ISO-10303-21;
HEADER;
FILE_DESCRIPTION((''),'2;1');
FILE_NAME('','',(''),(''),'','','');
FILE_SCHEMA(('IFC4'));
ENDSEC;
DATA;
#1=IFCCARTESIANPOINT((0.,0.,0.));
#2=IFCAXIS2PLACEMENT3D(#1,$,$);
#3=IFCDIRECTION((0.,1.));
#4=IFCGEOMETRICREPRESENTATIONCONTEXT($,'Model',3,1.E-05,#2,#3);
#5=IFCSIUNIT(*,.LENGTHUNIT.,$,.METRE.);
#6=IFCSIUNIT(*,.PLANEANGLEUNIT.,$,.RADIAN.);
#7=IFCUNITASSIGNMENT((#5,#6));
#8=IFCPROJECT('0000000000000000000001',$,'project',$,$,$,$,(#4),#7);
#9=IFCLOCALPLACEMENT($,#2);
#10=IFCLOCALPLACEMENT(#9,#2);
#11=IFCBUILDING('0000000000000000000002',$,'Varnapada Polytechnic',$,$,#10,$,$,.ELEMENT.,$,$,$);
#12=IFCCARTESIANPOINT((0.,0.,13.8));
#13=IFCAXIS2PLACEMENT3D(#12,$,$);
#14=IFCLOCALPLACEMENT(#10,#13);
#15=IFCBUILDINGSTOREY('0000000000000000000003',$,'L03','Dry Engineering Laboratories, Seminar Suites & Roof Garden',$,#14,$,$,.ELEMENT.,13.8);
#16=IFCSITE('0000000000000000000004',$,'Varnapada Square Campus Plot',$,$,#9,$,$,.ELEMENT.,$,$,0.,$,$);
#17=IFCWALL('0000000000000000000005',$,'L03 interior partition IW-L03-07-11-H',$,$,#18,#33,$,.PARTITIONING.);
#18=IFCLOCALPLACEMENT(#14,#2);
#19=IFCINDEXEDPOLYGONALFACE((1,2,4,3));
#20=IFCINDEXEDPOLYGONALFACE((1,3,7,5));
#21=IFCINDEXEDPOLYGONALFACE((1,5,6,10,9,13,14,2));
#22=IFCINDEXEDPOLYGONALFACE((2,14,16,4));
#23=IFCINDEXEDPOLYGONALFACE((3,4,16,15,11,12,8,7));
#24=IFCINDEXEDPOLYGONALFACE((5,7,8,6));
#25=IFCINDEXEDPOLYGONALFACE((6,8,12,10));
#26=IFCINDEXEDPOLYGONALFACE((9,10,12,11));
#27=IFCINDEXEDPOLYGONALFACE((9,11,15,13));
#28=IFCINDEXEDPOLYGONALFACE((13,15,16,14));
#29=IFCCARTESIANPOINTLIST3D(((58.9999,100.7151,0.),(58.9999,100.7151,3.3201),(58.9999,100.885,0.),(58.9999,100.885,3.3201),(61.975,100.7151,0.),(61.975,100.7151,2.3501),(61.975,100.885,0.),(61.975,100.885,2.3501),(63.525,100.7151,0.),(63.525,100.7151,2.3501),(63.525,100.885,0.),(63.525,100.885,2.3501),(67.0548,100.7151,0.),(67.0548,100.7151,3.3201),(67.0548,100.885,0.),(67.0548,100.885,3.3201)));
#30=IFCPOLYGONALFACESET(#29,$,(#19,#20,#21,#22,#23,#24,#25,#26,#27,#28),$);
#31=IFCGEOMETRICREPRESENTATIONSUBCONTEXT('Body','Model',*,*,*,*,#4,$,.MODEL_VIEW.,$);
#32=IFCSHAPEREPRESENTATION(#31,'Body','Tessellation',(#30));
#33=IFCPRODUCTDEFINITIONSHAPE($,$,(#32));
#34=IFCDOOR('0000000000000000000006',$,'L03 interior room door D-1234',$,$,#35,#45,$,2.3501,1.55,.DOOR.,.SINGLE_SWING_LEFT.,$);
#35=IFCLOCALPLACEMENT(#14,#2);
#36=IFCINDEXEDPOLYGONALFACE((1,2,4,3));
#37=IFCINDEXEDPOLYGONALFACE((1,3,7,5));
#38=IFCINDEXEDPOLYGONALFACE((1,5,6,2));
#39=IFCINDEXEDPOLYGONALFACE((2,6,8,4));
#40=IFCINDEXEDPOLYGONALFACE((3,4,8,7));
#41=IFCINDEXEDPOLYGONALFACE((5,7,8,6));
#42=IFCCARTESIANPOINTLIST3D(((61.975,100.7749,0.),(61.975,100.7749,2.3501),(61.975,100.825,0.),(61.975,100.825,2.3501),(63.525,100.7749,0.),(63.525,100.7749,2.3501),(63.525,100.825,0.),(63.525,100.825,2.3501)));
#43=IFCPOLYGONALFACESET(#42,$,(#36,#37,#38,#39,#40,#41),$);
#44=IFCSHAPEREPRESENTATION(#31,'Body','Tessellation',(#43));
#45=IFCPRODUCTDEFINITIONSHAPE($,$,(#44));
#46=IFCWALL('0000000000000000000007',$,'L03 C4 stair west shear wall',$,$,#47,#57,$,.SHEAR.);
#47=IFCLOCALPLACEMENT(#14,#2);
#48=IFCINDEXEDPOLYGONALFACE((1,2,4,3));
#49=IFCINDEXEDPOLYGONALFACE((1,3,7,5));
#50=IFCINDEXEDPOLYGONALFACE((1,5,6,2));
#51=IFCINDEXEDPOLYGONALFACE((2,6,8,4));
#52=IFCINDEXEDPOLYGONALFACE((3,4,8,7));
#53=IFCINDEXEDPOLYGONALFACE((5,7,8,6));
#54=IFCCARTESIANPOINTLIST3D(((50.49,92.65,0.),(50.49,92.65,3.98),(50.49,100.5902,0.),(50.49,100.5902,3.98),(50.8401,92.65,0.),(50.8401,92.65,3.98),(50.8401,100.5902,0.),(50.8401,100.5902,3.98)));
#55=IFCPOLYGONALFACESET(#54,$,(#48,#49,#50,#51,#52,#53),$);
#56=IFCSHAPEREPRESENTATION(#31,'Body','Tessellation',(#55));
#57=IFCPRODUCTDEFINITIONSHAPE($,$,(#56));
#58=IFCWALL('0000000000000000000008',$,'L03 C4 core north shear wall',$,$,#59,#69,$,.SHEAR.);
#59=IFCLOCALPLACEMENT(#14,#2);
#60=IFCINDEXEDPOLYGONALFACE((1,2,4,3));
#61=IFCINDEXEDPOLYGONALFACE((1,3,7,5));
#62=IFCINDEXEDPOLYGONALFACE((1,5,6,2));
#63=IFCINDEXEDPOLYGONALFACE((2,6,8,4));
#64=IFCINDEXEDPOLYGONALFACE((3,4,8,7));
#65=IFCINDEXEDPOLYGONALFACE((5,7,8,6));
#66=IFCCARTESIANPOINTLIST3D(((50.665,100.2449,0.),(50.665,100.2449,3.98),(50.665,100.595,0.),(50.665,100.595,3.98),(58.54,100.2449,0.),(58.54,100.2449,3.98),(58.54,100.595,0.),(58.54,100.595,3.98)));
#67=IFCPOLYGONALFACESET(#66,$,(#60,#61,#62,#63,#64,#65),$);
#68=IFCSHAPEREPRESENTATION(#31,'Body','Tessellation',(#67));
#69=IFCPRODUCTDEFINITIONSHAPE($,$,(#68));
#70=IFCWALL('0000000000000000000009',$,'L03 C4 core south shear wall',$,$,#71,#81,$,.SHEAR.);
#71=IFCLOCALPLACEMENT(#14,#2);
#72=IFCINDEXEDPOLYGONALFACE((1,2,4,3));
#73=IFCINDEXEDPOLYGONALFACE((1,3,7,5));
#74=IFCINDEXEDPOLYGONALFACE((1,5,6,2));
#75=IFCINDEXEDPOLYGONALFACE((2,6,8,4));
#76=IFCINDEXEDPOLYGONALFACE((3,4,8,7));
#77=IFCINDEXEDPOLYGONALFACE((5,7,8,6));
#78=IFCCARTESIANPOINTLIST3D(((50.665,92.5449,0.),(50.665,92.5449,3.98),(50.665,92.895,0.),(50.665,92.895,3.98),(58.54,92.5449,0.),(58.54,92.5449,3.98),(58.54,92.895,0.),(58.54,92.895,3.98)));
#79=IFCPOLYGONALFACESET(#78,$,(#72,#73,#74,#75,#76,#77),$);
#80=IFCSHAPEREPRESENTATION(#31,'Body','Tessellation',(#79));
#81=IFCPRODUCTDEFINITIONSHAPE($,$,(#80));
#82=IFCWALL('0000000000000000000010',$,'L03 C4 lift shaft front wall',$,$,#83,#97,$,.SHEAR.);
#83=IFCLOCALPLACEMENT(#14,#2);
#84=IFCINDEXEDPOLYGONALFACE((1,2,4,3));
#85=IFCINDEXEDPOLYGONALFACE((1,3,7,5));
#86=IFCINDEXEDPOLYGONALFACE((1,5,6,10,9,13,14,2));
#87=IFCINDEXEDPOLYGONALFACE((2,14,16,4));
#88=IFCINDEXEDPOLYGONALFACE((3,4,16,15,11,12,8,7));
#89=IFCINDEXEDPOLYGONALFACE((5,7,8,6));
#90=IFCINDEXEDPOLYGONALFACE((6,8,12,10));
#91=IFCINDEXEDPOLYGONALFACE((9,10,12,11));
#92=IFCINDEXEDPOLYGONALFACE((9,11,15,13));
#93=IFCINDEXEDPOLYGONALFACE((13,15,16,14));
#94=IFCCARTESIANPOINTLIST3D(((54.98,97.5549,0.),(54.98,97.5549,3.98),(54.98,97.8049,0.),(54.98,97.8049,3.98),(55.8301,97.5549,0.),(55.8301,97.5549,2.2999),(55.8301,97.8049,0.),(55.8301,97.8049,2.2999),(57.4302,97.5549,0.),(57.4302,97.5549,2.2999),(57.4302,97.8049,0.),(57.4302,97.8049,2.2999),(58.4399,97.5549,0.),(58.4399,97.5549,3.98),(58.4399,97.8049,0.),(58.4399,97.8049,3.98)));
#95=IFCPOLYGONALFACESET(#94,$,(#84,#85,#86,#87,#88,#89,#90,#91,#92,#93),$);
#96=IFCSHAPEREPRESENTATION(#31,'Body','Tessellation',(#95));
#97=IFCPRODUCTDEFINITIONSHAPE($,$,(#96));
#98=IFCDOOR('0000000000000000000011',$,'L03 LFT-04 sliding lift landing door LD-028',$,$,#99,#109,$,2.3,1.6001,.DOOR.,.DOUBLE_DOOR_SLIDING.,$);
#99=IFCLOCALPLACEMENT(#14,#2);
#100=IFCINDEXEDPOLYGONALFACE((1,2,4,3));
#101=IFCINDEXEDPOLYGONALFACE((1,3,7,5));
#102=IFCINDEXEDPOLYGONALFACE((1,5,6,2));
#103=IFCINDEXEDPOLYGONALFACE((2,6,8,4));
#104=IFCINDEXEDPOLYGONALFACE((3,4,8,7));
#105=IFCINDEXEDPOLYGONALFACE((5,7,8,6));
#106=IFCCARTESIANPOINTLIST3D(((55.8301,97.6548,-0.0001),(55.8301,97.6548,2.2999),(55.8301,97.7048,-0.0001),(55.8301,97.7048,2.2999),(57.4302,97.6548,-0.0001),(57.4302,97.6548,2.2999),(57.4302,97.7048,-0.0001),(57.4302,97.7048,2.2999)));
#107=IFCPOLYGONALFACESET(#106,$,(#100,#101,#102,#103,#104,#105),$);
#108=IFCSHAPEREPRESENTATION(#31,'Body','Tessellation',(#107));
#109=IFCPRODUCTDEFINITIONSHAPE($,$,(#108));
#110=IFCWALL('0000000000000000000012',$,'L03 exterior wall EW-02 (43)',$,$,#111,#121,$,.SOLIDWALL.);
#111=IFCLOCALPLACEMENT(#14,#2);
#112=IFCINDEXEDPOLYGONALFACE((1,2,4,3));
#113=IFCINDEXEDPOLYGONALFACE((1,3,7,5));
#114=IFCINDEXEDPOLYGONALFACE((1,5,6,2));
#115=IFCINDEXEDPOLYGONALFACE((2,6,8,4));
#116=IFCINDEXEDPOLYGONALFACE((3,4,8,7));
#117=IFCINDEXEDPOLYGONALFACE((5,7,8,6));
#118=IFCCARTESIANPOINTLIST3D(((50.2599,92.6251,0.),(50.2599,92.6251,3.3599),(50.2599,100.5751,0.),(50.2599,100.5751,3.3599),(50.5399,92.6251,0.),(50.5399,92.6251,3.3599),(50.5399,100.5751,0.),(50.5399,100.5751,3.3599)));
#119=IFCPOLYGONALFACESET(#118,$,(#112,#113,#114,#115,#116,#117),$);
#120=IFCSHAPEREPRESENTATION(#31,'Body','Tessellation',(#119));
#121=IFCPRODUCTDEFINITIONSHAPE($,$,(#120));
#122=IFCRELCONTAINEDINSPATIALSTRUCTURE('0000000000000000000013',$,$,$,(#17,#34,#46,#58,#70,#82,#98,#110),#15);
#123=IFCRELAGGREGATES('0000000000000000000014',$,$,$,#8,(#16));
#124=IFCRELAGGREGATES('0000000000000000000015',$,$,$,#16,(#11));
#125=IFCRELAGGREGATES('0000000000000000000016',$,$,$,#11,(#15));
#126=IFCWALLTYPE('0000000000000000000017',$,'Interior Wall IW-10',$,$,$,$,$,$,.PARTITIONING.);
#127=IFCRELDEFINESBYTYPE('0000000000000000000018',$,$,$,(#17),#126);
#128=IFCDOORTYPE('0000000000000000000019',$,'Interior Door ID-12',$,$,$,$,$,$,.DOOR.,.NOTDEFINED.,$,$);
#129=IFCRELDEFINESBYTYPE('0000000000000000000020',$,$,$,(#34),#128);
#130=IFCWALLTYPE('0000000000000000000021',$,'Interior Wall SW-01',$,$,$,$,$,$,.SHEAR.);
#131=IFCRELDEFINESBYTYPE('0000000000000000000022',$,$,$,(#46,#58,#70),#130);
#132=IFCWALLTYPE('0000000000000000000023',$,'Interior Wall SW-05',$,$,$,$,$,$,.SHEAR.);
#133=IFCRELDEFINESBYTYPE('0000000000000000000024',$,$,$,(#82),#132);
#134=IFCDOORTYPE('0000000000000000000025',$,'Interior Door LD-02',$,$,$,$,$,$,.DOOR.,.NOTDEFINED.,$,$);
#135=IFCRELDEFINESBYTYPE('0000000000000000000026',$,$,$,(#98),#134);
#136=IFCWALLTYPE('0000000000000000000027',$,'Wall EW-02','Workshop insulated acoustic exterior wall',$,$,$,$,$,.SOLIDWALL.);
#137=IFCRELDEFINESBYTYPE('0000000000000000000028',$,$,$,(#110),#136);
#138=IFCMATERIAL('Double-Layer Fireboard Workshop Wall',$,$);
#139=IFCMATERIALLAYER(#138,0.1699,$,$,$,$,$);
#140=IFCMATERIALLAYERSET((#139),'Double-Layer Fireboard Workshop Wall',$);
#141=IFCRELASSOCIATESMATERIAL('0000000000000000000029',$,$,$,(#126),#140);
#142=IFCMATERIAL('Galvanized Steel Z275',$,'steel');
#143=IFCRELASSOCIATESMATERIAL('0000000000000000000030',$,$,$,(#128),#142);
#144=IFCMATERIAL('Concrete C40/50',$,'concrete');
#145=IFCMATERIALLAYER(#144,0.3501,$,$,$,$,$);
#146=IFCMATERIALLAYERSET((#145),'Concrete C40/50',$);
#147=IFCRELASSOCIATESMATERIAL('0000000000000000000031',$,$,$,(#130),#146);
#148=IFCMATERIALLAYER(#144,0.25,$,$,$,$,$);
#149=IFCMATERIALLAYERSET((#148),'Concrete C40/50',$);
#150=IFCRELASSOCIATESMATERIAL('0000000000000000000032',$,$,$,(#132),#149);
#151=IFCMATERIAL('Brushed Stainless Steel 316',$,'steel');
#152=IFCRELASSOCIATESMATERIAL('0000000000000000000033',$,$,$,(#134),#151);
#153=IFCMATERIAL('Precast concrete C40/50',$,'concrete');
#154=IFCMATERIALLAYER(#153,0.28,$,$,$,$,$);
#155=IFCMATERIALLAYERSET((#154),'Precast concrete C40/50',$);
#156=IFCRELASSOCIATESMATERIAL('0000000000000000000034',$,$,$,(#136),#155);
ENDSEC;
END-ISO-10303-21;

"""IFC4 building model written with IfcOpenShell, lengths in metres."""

from ifc_helpers import new_model, si_unit, direction, frame, frame_2d, origin, place, context, subcontext, project, spatial, rectangle, extrude, material, layer, layer_set, type_object, element, fill, save


model = new_model("IFC4")

# Units and contexts
model_context = context("Model", 3, precision=1e-05, world=origin(), true_north=direction((0.0, 1.0)))
body_context = subcontext(model_context, "Body", "Model", "MODEL_VIEW")
ifc_project = project(units=[si_unit("LENGTHUNIT", "METRE"), si_unit("PLANEANGLEUNIT", "RADIAN")], contexts=[model_context])

# Site, building, storey
site_placement = place(None, origin())
site = spatial("IfcSite", under=ifc_project, at=site_placement, Name="Varnapada Square Campus Plot", CompositionType="ELEMENT", RefElevation=0.0)
building_placement = place(site_placement, origin())
building = spatial("IfcBuilding", under=site, at=building_placement, Name="Varnapada Polytechnic", CompositionType="ELEMENT")
storey_placement = place(building_placement, frame((0.0, 0.0, 13.8)))
storey = spatial("IfcBuildingStorey", under=building, at=storey_placement, Name="L03", Description="Dry Engineering Laboratories, Seminar Suites & Roof Garden", CompositionType="ELEMENT", Elevation=13.8)

# Shared definitions
ifc_material_1 = material(Name="Galvanized Steel Z275", Category="steel")

# Wall, opening, door
ifc_material_2 = material(Name="Double-Layer Fireboard Workshop Wall")
ifc_layer_1 = layer(ifc_material_2, 0.1699)
ifc_layer_set_1 = layer_set([ifc_layer_1], Name="Double-Layer Fireboard Workshop Wall")
wall_type_1 = type_object("IfcWallType", Name="Interior Wall IW-10", PredefinedType="PARTITIONING", material=ifc_layer_set_1)
wall_1_placement = place(storey_placement, frame((59.0, 100.8, 0.0), z_axis=(0.0, 0.0, 1.0), x_axis=(1.0, 0.0, 0.0)))
wall_1 = element("IfcWall", 1, at=wall_1_placement, inside=storey, type_object=wall_type_1, Name="L03 interior partition IW-L03-07-11-H", PredefinedType="PARTITIONING", context=body_context, shape_type="SweptSolid", body=[
    extrude(rectangle(XDim=8.0549, YDim=0.1699, at=frame_2d((4.0273, 0.0))), origin(), (0.0, 0.0, 1.0), 3.3201),
])
opening_1_placement = place(wall_1_placement, frame((2.9751, 0.0, 0.0)))
opening_1 = element("IfcOpeningElement", 2, at=opening_1_placement, cuts=wall_1, PredefinedType="OPENING", context=body_context, shape_type="SweptSolid", body=[
    extrude(rectangle(XDim=1.55, YDim=2.3501, at=frame_2d((0.7749, 1.175))), frame((0.0, 0.095, 0.0), z_axis=(0.0, -1.0, 0.0), x_axis=(1.0, 0.0, 0.0)), (0.0, 0.0, 1.0), 0.1899),
])
door_type_1 = type_object("IfcDoorType", Name="Interior Door ID-12", OperationType="NOTDEFINED", PredefinedType="DOOR", material=ifc_material_1)
door_1_placement = place(opening_1_placement, origin())
door_1 = element("IfcDoor", 3, at=door_1_placement, inside=storey, type_object=door_type_1, Name="L03 interior room door D-1234", OperationType="SINGLE_SWING_LEFT", OverallHeight=2.3501, OverallWidth=1.55, PredefinedType="DOOR", context=body_context, shape_type="SweptSolid", body=[
    extrude(rectangle(XDim=1.55, YDim=2.3501, at=frame_2d((0.7749, 1.175))), frame((0.0, 0.0249, 0.0), z_axis=(0.0, -1.0, 0.0), x_axis=(1.0, 0.0, 0.0)), (0.0, 0.0, 1.0), 0.05),
])
fill(opening_1, door_1)

# Walls
ifc_material_3 = material(Name="Concrete C40/50", Category="concrete")
ifc_layer_2 = layer(ifc_material_3, 0.3501)
ifc_layer_set_2 = layer_set([ifc_layer_2], Name="Concrete C40/50")
wall_type_2 = type_object("IfcWallType", Name="Interior Wall SW-01", PredefinedType="SHEAR", material=ifc_layer_set_2)
wall_2_placement = place(storey_placement, frame((50.665, 92.6499, 0.0), z_axis=(0.0, 0.0, 1.0), x_axis=(0.0, 1.0, 0.0)))
element("IfcWall", 4, at=wall_2_placement, inside=storey, type_object=wall_type_2, Name="L03 C4 stair west shear wall", PredefinedType="SHEAR", context=body_context, shape_type="SweptSolid", body=[
    extrude(rectangle(XDim=7.9402, YDim=0.3501, at=frame_2d((3.9702, 0.0))), origin(), (0.0, 0.0, 1.0), 3.98),
])
for number, where, z_axis, x_axis, name in (
    (5, (50.665, 100.4199, 0.0), (0.0, 0.0, 1.0), (1.0, 0.0, 0.0), "L03 C4 core north shear wall"),
    (6, (58.54, 92.72, 0.0), (0.0, 0.0, 1.0), (-1.0, 0.0, 0.0), "L03 C4 core south shear wall"),
):
    element("IfcWall", number, at=place(storey_placement, frame(where, z_axis=z_axis, x_axis=x_axis)), inside=storey, type_object=wall_type_2, Name=name, PredefinedType="SHEAR", context=body_context, shape_type="SweptSolid", body=[
        extrude(rectangle(XDim=7.875, YDim=0.3501, at=frame_2d((3.9375, 0.0))), origin(), (0.0, 0.0, 1.0), 3.98),
    ])

# Wall, opening, door
ifc_layer_3 = layer(ifc_material_3, 0.25)
ifc_layer_set_3 = layer_set([ifc_layer_3], Name="Concrete C40/50")
wall_type_3 = type_object("IfcWallType", Name="Interior Wall SW-05", PredefinedType="SHEAR", material=ifc_layer_set_3)
wall_3_placement = place(storey_placement, frame((54.98, 97.6799, 0.0), z_axis=(0.0, 0.0, 1.0), x_axis=(1.0, 0.0, 0.0)))
wall_3 = element("IfcWall", 7, at=wall_3_placement, inside=storey, type_object=wall_type_3, Name="L03 C4 lift shaft front wall", PredefinedType="SHEAR", context=body_context, shape_type="SweptSolid", body=[
    extrude(rectangle(XDim=3.46, YDim=0.25, at=frame_2d((1.73, 0.0))), origin(), (0.0, 0.0, 1.0), 3.98),
])
opening_2_placement = place(wall_3_placement, frame((0.8501, 0.0, 0.0)))
opening_2 = element("IfcOpeningElement", 8, at=opening_2_placement, cuts=wall_3, PredefinedType="OPENING", context=body_context, shape_type="SweptSolid", body=[
    extrude(rectangle(XDim=1.6001, YDim=2.3, at=frame_2d((0.8, 1.1499))), frame((0.0, 0.135, 0.0), z_axis=(0.0, -1.0, 0.0), x_axis=(1.0, 0.0, 0.0)), (0.0, 0.0, 1.0), 0.27),
])
ifc_material_4 = material(Name="Brushed Stainless Steel 316", Category="steel")
door_type_2 = type_object("IfcDoorType", Name="Interior Door LD-02", OperationType="NOTDEFINED", PredefinedType="DOOR", material=ifc_material_4)
door_2_placement = place(opening_2_placement, origin())
door_2 = element("IfcDoor", 9, at=door_2_placement, inside=storey, type_object=door_type_2, Name="L03 LFT-04 sliding lift landing door LD-028", OperationType="DOUBLE_DOOR_SLIDING", OverallHeight=2.3, OverallWidth=1.6001, PredefinedType="DOOR", context=body_context, shape_type="SweptSolid", body=[
    extrude(rectangle(XDim=1.6001, YDim=2.3, at=frame_2d((0.8, 1.1499))), frame((0.0, 0.0249, 0.0), z_axis=(0.0, -1.0, 0.0), x_axis=(1.0, 0.0, 0.0)), (0.0, 0.0, 1.0), 0.05),
])
fill(opening_2, door_2)

# Wall
ifc_material_5 = material(Name="Precast concrete C40/50", Category="concrete")
ifc_layer_4 = layer(ifc_material_5, 0.28)
ifc_layer_set_4 = layer_set([ifc_layer_4], Name="Precast concrete C40/50")
wall_type_4 = type_object("IfcWallType", Name="Wall EW-02", Description="Workshop insulated acoustic exterior wall", PredefinedType="SOLIDWALL", material=ifc_layer_set_4)
wall_4_placement = place(storey_placement, frame((50.3999, 92.625, 0.0), z_axis=(0.0, 0.0, 1.0), x_axis=(0.0, 1.0, 0.0)))
element("IfcWall", 10, at=wall_4_placement, inside=storey, type_object=wall_type_4, Name="L03 exterior wall EW-02 (43)", PredefinedType="SOLIDWALL", context=body_context, shape_type="SweptSolid", body=[
    extrude(rectangle(XDim=7.95, YDim=0.28, at=frame_2d((3.9751, 0.0))), origin(), (0.0, 0.0, 1.0), 3.3599),
])

save(model, "model.ifc")
